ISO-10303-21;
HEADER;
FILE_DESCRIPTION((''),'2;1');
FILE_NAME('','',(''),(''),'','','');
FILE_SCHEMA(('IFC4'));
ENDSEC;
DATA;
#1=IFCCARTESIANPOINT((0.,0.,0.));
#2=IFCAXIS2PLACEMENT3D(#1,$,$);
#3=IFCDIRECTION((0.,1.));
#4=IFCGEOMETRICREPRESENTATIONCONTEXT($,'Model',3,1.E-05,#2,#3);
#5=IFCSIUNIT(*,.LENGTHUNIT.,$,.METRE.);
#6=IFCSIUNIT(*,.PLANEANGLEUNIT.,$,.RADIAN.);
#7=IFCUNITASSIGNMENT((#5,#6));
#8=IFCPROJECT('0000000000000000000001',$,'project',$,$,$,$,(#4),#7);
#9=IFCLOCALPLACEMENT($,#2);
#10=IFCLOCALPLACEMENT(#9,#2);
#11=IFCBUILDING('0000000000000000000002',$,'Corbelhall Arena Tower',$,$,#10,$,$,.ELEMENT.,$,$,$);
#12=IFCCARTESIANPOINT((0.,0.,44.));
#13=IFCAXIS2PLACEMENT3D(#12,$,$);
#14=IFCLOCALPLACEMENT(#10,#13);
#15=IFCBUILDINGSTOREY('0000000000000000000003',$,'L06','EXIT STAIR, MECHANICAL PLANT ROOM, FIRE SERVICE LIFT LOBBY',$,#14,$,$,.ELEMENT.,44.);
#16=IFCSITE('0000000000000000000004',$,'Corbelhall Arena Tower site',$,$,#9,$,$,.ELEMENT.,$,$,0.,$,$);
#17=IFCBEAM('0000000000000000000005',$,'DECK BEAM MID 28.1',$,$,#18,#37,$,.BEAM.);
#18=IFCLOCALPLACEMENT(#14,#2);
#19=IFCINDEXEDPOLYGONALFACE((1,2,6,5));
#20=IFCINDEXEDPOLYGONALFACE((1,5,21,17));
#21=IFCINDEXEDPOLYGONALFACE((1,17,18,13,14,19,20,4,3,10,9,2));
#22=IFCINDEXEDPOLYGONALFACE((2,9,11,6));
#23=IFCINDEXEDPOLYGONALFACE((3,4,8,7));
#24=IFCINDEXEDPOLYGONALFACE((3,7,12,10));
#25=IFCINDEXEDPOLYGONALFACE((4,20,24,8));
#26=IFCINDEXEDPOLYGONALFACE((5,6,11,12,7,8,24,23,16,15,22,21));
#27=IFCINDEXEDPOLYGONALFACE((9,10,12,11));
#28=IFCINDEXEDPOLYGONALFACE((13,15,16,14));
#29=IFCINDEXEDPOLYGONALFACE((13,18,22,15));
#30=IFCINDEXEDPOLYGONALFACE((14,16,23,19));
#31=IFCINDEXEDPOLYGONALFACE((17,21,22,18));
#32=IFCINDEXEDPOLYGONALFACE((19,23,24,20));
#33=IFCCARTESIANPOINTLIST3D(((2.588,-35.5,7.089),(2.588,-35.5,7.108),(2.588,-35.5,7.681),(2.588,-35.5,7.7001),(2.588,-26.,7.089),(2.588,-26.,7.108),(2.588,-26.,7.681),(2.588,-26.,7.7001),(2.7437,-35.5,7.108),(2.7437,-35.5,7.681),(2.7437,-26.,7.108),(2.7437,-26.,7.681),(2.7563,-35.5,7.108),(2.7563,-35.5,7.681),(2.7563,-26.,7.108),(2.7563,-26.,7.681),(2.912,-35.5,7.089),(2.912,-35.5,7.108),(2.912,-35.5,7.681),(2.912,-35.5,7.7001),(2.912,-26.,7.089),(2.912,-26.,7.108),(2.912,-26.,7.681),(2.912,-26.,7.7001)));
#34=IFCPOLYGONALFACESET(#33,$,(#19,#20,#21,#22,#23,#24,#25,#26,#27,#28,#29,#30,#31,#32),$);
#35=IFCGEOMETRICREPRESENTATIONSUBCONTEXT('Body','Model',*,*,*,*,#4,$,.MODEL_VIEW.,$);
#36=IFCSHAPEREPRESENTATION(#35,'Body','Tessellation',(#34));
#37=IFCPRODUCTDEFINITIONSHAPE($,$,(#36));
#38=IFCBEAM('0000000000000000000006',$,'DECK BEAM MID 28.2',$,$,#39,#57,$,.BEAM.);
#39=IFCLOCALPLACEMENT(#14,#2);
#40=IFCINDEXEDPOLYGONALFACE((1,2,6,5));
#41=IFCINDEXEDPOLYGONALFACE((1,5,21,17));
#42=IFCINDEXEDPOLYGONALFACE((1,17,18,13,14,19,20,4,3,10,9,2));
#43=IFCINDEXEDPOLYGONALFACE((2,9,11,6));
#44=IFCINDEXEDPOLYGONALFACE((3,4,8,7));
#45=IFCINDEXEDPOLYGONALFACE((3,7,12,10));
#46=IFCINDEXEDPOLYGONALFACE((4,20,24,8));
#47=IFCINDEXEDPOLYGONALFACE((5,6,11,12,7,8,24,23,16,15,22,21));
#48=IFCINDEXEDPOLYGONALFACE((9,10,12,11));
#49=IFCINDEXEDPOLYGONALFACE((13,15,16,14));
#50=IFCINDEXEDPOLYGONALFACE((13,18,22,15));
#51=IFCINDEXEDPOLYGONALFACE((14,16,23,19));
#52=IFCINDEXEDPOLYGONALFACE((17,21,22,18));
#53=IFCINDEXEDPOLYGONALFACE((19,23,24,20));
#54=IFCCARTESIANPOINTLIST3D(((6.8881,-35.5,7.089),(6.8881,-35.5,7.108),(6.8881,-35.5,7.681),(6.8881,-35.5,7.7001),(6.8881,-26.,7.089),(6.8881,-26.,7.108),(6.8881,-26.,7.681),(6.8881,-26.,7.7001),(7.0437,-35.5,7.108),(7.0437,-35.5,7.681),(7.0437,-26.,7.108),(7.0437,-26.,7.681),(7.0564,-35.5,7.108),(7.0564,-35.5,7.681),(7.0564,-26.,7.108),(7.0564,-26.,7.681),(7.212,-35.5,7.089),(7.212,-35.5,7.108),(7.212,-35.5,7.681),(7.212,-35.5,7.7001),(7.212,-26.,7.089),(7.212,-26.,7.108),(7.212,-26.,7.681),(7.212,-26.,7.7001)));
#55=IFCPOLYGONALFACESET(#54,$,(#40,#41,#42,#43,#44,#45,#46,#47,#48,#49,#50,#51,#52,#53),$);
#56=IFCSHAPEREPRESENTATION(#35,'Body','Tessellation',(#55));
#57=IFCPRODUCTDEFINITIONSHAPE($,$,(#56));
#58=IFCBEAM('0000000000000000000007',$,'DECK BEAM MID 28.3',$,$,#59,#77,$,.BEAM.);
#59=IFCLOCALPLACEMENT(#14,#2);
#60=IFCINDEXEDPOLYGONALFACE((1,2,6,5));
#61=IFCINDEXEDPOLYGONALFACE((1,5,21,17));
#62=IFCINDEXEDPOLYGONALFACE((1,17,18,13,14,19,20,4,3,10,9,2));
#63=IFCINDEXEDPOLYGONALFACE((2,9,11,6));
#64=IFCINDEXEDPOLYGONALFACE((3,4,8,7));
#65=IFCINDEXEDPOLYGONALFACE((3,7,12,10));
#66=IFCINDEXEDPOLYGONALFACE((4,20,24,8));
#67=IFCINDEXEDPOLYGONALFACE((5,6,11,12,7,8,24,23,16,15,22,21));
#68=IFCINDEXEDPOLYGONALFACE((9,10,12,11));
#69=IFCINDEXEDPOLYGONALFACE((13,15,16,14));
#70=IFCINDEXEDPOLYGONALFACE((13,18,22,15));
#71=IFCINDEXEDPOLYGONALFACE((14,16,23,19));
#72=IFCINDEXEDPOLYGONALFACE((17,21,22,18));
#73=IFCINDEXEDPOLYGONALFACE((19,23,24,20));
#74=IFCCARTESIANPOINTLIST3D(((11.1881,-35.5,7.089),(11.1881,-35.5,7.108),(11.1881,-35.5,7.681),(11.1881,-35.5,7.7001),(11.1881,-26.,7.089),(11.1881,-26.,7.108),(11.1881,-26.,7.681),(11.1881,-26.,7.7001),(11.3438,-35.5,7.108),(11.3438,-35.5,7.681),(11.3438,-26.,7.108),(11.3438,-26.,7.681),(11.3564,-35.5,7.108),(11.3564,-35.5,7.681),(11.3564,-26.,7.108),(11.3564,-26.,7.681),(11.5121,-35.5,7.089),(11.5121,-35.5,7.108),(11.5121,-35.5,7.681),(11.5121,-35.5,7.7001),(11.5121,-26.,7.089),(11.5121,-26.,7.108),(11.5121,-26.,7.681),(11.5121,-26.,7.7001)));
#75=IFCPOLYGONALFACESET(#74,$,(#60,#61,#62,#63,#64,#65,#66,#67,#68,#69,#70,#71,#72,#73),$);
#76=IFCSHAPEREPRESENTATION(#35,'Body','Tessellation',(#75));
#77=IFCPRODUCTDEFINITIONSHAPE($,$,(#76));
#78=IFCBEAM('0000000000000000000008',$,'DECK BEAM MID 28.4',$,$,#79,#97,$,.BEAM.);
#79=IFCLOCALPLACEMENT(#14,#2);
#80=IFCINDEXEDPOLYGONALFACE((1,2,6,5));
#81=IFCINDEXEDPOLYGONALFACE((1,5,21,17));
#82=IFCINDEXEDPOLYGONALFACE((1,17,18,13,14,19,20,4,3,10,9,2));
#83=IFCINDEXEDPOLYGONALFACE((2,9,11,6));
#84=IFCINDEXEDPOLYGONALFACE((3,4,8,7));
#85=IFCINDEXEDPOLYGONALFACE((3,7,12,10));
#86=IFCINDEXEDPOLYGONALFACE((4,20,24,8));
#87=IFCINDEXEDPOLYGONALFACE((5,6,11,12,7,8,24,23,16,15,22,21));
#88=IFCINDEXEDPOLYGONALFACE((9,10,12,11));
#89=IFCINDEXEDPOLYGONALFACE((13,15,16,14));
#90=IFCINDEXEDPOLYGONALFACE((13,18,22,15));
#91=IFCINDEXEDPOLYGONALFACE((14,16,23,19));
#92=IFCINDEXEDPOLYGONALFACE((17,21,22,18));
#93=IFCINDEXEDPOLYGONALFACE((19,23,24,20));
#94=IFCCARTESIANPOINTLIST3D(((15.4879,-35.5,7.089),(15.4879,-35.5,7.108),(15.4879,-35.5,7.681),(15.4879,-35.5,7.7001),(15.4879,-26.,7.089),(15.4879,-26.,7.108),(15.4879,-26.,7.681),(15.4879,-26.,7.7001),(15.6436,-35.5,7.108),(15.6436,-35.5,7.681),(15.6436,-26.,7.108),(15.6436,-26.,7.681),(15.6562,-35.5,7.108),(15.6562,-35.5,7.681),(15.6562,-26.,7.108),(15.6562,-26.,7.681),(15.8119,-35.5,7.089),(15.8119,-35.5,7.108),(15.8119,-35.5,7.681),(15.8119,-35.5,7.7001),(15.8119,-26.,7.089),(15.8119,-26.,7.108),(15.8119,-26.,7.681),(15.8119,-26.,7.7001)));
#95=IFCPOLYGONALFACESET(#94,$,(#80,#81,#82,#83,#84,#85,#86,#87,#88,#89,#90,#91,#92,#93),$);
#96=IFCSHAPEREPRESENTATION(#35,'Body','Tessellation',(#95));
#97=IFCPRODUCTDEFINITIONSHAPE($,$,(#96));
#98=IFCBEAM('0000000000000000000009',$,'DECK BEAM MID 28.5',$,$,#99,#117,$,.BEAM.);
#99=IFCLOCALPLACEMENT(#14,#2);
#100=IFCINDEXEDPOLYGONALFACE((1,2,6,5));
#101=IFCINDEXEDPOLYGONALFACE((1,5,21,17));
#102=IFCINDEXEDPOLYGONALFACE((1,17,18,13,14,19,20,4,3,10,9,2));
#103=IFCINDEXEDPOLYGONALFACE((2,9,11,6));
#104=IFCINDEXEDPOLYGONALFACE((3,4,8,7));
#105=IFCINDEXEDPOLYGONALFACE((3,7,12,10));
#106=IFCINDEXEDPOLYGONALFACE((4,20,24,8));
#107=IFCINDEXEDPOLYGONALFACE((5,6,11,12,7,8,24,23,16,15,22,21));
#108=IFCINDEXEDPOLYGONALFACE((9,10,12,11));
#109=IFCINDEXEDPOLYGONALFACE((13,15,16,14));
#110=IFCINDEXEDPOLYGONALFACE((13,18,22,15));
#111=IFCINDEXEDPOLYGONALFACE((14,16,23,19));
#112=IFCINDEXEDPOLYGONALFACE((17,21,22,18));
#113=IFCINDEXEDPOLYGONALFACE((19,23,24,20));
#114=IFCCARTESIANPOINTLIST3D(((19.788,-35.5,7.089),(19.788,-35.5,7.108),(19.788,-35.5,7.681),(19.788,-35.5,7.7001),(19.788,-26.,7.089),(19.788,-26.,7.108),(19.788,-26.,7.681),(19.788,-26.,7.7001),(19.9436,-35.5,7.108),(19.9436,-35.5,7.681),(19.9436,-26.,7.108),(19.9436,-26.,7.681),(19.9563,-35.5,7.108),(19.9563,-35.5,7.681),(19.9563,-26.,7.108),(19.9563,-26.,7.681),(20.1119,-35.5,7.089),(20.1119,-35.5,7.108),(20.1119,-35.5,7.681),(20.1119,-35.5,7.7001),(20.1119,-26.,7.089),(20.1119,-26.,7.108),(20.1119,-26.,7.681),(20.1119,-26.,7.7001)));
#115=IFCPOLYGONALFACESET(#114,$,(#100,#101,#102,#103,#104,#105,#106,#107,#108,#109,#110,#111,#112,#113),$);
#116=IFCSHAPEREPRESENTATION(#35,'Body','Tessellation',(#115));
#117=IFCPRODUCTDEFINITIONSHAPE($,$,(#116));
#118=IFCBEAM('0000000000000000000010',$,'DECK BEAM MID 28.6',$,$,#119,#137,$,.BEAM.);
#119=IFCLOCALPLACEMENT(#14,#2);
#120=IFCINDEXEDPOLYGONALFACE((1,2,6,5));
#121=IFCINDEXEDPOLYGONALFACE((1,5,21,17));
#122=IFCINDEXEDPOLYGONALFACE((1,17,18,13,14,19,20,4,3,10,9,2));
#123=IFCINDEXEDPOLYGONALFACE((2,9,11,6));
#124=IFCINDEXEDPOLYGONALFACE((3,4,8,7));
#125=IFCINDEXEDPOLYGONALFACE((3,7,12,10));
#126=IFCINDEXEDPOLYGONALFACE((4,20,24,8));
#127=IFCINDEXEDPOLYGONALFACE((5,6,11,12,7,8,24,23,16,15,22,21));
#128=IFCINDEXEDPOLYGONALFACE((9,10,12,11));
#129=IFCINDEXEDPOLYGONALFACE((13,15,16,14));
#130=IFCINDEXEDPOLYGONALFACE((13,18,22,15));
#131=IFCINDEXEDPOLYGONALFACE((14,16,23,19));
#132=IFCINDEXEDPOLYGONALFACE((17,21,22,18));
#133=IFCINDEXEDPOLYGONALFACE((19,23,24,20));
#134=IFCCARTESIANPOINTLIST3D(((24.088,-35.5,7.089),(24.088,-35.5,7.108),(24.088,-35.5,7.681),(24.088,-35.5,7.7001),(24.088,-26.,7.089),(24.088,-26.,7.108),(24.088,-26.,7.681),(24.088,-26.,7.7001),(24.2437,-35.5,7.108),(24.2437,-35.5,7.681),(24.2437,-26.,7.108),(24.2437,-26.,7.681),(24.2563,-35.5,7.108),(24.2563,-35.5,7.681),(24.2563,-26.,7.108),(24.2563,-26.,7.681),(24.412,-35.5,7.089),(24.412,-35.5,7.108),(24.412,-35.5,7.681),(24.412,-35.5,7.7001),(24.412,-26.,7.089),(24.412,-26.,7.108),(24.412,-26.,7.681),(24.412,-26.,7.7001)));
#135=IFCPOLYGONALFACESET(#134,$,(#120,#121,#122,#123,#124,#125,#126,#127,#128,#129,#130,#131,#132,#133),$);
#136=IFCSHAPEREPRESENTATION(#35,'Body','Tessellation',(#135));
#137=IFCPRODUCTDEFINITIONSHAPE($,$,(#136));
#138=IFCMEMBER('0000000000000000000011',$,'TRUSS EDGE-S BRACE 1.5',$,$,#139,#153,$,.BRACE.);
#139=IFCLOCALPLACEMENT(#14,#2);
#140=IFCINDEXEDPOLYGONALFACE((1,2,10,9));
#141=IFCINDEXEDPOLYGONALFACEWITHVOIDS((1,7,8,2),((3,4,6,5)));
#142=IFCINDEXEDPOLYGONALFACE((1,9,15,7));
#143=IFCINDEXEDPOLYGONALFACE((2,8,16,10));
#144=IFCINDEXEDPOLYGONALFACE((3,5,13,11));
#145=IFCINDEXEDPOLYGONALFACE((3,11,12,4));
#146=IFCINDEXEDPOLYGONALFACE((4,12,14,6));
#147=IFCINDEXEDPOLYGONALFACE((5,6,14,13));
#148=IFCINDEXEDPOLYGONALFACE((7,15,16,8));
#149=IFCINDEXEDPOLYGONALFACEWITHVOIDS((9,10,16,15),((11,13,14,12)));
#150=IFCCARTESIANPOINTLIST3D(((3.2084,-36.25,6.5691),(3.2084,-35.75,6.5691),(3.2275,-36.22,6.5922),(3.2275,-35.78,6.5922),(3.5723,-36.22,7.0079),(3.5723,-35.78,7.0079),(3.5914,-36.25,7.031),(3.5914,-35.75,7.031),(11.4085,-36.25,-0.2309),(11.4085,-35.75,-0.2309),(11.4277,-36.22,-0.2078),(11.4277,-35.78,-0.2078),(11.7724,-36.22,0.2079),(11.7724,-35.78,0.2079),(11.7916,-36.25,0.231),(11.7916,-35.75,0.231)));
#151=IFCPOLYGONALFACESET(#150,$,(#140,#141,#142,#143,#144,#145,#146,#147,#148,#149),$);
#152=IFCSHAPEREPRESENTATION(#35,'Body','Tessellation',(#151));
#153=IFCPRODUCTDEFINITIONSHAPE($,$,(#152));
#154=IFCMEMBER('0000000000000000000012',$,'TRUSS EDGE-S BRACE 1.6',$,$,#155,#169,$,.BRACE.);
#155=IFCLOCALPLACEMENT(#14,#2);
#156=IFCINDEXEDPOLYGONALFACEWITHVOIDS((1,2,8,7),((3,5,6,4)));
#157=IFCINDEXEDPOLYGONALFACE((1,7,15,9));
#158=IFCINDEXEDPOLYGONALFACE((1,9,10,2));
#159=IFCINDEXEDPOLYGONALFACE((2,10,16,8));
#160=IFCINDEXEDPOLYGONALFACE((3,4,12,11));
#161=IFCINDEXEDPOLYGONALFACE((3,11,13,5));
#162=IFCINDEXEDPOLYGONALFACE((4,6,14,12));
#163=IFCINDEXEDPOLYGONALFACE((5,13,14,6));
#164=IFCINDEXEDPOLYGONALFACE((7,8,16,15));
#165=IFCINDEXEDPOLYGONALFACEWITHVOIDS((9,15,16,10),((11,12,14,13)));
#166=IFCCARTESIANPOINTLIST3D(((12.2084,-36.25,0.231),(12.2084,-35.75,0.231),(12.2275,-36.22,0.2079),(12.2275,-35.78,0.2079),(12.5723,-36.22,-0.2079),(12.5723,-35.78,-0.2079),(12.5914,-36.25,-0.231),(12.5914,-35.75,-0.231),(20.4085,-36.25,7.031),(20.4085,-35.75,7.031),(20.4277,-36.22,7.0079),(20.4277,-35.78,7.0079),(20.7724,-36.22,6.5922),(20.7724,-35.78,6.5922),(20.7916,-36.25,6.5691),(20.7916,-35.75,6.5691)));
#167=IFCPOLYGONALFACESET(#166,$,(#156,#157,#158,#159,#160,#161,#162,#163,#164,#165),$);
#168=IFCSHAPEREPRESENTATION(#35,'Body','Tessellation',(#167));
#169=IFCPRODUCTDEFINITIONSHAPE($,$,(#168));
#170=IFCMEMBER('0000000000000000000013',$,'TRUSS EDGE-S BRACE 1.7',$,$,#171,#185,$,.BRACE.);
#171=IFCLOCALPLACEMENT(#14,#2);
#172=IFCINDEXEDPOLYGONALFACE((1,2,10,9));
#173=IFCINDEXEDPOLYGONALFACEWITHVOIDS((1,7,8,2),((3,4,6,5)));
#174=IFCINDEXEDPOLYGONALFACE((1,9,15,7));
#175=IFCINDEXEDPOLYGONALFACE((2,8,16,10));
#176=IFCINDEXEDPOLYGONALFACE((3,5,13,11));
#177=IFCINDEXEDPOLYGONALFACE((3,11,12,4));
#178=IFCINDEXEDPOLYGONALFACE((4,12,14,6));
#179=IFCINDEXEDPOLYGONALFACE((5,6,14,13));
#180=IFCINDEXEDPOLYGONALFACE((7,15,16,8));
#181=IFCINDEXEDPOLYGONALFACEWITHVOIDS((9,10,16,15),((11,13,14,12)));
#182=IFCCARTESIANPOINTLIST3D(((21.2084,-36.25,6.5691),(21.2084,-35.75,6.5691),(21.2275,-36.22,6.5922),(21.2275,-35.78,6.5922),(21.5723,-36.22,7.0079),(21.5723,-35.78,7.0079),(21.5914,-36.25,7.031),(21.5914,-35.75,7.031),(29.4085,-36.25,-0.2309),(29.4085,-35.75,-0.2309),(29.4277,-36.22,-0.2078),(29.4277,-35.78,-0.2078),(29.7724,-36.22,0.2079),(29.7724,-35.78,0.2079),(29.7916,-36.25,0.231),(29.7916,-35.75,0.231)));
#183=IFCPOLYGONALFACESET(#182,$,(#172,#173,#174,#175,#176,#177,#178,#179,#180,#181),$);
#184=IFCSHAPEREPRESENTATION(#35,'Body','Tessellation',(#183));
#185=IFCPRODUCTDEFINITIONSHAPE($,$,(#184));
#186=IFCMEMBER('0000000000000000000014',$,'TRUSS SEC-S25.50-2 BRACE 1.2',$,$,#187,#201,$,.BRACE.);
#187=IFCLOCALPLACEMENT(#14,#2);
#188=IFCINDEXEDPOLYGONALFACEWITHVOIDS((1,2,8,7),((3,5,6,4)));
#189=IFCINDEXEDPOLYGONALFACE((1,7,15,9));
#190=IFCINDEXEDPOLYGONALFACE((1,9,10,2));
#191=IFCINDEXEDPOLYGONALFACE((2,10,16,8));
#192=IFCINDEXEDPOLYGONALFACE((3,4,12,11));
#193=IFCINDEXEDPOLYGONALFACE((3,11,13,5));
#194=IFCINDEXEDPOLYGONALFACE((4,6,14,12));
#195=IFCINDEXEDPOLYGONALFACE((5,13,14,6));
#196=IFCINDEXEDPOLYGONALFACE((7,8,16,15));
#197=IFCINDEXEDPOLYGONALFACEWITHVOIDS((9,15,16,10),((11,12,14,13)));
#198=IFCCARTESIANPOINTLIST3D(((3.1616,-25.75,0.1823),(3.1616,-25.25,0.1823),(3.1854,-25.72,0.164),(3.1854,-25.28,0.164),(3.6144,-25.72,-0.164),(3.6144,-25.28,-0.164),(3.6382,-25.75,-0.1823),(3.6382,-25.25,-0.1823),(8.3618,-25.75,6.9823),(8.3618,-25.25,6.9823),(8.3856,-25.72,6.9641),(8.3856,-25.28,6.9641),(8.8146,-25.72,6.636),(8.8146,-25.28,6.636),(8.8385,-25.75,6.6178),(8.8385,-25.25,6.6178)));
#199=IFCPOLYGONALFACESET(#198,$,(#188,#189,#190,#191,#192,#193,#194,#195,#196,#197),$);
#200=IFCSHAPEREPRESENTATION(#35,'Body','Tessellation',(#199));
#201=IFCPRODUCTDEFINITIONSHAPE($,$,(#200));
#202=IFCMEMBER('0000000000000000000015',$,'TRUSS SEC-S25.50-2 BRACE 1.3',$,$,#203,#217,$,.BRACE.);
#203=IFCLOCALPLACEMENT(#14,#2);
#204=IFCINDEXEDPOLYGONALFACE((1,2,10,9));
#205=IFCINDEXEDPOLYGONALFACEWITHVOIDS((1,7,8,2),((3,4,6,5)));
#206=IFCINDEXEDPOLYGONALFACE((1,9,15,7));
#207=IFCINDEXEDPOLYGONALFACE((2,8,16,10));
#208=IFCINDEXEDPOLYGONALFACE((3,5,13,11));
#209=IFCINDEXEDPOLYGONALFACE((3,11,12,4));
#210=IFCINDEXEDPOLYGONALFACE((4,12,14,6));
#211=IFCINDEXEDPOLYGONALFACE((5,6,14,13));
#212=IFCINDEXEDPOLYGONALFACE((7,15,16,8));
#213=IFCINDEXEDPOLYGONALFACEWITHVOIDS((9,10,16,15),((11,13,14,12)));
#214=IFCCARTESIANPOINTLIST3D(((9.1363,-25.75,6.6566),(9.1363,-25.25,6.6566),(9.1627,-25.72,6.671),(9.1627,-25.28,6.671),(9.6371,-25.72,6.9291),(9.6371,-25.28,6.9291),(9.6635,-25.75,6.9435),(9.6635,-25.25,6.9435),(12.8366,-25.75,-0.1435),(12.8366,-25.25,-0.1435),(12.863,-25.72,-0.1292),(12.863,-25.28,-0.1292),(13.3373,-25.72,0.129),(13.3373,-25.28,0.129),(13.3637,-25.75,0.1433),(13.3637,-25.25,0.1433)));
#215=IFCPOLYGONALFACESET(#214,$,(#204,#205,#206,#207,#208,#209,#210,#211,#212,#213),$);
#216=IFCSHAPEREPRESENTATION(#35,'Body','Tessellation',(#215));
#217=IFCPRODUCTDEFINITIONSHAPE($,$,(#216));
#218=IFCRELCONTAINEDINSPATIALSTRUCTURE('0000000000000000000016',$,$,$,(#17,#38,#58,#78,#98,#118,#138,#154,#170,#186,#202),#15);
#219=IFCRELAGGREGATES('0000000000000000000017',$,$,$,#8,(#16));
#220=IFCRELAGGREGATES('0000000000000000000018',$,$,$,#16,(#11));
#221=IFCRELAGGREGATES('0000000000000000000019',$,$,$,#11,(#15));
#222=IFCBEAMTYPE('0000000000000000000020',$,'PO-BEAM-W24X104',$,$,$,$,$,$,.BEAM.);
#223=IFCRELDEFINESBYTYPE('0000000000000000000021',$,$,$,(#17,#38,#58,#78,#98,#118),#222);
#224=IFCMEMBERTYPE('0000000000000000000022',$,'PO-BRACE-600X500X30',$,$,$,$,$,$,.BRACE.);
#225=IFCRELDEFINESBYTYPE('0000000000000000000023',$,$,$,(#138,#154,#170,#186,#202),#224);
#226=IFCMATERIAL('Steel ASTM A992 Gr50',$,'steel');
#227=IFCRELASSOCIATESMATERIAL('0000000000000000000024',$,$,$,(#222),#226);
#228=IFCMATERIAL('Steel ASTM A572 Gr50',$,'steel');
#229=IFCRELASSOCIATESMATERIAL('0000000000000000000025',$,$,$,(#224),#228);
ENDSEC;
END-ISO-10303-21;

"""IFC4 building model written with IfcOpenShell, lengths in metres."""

from ifc_helpers import new_model, si_unit, direction, frame, origin, origin_2d, place, context, subcontext, project, spatial, hollow_rectangle, i_section, extrude, material, material_profile, profile_set, type_object, element, save


model = new_model("IFC4")

# Units and contexts
model_context = context("Model", 3, precision=1e-05, world=origin(), true_north=direction((0.0, 1.0)))
body_context = subcontext(model_context, "Body", "Model", "MODEL_VIEW")
ifc_project = project(units=[si_unit("LENGTHUNIT", "METRE"), si_unit("PLANEANGLEUNIT", "RADIAN")], contexts=[model_context])

# Site, building, storey
site_placement = place(None, origin())
site = spatial("IfcSite", under=ifc_project, at=site_placement, Name="Corbelhall Arena Tower site", CompositionType="ELEMENT", RefElevation=0.0)
building_placement = place(site_placement, origin())
building = spatial("IfcBuilding", under=site, at=building_placement, Name="Corbelhall Arena Tower", CompositionType="ELEMENT")
storey_placement = place(building_placement, frame((0.0, 0.0, 44.0)))
storey = spatial("IfcBuildingStorey", under=building, at=storey_placement, Name="L06", Description="EXIT STAIR, MECHANICAL PLANT ROOM, FIRE SERVICE LIFT LOBBY", CompositionType="ELEMENT", Elevation=44.0)

# Beams
ifc_material_1 = material(Name="Steel ASTM A992 Gr50", Category="steel")
ifc_material_profile_1 = material_profile(ifc_material_1, i_section(OverallWidth=0.324, OverallDepth=0.6111, WebThickness=0.0127, FlangeThickness=0.019, at=origin_2d()))
ifc_profile_set_1 = profile_set([ifc_material_profile_1], Name="Steel ASTM A992 Gr50")
beam_type = type_object("IfcBeamType", Name="PO-BEAM-W24X104", PredefinedType="BEAM", material=ifc_profile_set_1)
for number, where, z_axis, x_axis, name in (
    (1, (2.75, -35.5, 7.3945), (0.0, 1.0, 0.0), (-1.0, 0.0, 0.0), "DECK BEAM MID 28.1"),
    (2, (7.05, -35.5, 7.3945), (0.0, 1.0, 0.0), (-1.0, 0.0, 0.0), "DECK BEAM MID 28.2"),
    (3, (11.3501, -35.5, 7.3945), (0.0, 1.0, 0.0), (-1.0, 0.0, 0.0), "DECK BEAM MID 28.3"),
    (4, (15.6499, -35.5, 7.3945), (0.0, 1.0, 0.0), (-1.0, 0.0, 0.0), "DECK BEAM MID 28.4"),
    (5, (19.95, -35.5, 7.3945), (0.0, 1.0, 0.0), (-1.0, 0.0, 0.0), "DECK BEAM MID 28.5"),
    (6, (24.25, -35.5, 7.3945), (0.0, 1.0, 0.0), (-1.0, 0.0, 0.0), "DECK BEAM MID 28.6"),
):
    element("IfcBeam", number, at=place(storey_placement, frame(where, z_axis=z_axis, x_axis=x_axis)), inside=storey, type_object=beam_type, Name=name, PredefinedType="BEAM", context=body_context, shape_type="SweptSolid", body=[
        extrude(i_section(OverallWidth=0.324, OverallDepth=0.6111, WebThickness=0.0127, FlangeThickness=0.019, at=origin_2d()), origin(), (0.0, 0.0, 1.0), 9.5),
    ])

# Members
ifc_material_2 = material(Name="Steel ASTM A572 Gr50", Category="steel")
ifc_material_profile_2 = material_profile(ifc_material_2, hollow_rectangle(XDim=0.5, YDim=0.6001, WallThickness=0.03, at=origin_2d()))
ifc_profile_set_2 = profile_set([ifc_material_profile_2], Name="Steel ASTM A572 Gr50")
member_type_1 = type_object("IfcMemberType", Name="PO-BRACE-600X500X30", PredefinedType="BRACE", material=ifc_profile_set_2)
for number, where, z_axis, x_axis, name in (
    (7, (3.3999, -36.0, 6.8), (0.769763, 0.0, -0.63833), (0.0, 1.0, 0.0), "TRUSS EDGE-S BRACE 1.5"),
    (8, (12.3999, -36.0, 0.0), (0.769763, 0.0, 0.63833), (0.0, 1.0, 0.0), "TRUSS EDGE-S BRACE 1.6"),
    (9, (21.3999, -36.0, 6.8), (0.769763, 0.0, -0.63833), (0.0, 1.0, 0.0), "TRUSS EDGE-S BRACE 1.7"),
):
    element("IfcMember", number, at=place(storey_placement, frame(where, z_axis=z_axis, x_axis=x_axis)), inside=storey, type_object=member_type_1, Name=name, PredefinedType="BRACE", context=body_context, shape_type="SweptSolid", body=[
        extrude(hollow_rectangle(XDim=0.5, YDim=0.6001, WallThickness=0.03, at=origin_2d()), origin(), (0.0, 0.0, 1.0), 10.6528),
    ])
member_1_placement = place(storey_placement, frame((3.3999, -25.5, 0.0), z_axis=(0.607462, 0.0, 0.794349), x_axis=(0.0, 1.0, 0.0)))
element("IfcMember", 10, at=member_1_placement, inside=storey, type_object=member_type_1, Name="TRUSS SEC-S25.50-2 BRACE 1.2", PredefinedType="BRACE", context=body_context, shape_type="SweptSolid", body=[
    extrude(hollow_rectangle(XDim=0.5, YDim=0.6001, WallThickness=0.03, at=origin_2d()), origin(), (0.0, 0.0, 1.0), 8.5605),
])
for number, where, z_axis, x_axis, name in (
    (11, (9.3999, -25.5, 6.8), (0.477964, 0.0, -0.87838), (0.0, 1.0, 0.0), "TRUSS SEC-S25.50-2 BRACE 1.3"),
):
    element("IfcMember", number, at=place(storey_placement, frame(where, z_axis=z_axis, x_axis=x_axis)), inside=storey, type_object=member_type_1, Name=name, PredefinedType="BRACE", context=body_context, shape_type="SweptSolid", body=[
        extrude(hollow_rectangle(XDim=0.5, YDim=0.6001, WallThickness=0.03, at=origin_2d()), origin(), (0.0, 0.0, 1.0), 7.7417),
    ])

save(model, "model.ifc")
